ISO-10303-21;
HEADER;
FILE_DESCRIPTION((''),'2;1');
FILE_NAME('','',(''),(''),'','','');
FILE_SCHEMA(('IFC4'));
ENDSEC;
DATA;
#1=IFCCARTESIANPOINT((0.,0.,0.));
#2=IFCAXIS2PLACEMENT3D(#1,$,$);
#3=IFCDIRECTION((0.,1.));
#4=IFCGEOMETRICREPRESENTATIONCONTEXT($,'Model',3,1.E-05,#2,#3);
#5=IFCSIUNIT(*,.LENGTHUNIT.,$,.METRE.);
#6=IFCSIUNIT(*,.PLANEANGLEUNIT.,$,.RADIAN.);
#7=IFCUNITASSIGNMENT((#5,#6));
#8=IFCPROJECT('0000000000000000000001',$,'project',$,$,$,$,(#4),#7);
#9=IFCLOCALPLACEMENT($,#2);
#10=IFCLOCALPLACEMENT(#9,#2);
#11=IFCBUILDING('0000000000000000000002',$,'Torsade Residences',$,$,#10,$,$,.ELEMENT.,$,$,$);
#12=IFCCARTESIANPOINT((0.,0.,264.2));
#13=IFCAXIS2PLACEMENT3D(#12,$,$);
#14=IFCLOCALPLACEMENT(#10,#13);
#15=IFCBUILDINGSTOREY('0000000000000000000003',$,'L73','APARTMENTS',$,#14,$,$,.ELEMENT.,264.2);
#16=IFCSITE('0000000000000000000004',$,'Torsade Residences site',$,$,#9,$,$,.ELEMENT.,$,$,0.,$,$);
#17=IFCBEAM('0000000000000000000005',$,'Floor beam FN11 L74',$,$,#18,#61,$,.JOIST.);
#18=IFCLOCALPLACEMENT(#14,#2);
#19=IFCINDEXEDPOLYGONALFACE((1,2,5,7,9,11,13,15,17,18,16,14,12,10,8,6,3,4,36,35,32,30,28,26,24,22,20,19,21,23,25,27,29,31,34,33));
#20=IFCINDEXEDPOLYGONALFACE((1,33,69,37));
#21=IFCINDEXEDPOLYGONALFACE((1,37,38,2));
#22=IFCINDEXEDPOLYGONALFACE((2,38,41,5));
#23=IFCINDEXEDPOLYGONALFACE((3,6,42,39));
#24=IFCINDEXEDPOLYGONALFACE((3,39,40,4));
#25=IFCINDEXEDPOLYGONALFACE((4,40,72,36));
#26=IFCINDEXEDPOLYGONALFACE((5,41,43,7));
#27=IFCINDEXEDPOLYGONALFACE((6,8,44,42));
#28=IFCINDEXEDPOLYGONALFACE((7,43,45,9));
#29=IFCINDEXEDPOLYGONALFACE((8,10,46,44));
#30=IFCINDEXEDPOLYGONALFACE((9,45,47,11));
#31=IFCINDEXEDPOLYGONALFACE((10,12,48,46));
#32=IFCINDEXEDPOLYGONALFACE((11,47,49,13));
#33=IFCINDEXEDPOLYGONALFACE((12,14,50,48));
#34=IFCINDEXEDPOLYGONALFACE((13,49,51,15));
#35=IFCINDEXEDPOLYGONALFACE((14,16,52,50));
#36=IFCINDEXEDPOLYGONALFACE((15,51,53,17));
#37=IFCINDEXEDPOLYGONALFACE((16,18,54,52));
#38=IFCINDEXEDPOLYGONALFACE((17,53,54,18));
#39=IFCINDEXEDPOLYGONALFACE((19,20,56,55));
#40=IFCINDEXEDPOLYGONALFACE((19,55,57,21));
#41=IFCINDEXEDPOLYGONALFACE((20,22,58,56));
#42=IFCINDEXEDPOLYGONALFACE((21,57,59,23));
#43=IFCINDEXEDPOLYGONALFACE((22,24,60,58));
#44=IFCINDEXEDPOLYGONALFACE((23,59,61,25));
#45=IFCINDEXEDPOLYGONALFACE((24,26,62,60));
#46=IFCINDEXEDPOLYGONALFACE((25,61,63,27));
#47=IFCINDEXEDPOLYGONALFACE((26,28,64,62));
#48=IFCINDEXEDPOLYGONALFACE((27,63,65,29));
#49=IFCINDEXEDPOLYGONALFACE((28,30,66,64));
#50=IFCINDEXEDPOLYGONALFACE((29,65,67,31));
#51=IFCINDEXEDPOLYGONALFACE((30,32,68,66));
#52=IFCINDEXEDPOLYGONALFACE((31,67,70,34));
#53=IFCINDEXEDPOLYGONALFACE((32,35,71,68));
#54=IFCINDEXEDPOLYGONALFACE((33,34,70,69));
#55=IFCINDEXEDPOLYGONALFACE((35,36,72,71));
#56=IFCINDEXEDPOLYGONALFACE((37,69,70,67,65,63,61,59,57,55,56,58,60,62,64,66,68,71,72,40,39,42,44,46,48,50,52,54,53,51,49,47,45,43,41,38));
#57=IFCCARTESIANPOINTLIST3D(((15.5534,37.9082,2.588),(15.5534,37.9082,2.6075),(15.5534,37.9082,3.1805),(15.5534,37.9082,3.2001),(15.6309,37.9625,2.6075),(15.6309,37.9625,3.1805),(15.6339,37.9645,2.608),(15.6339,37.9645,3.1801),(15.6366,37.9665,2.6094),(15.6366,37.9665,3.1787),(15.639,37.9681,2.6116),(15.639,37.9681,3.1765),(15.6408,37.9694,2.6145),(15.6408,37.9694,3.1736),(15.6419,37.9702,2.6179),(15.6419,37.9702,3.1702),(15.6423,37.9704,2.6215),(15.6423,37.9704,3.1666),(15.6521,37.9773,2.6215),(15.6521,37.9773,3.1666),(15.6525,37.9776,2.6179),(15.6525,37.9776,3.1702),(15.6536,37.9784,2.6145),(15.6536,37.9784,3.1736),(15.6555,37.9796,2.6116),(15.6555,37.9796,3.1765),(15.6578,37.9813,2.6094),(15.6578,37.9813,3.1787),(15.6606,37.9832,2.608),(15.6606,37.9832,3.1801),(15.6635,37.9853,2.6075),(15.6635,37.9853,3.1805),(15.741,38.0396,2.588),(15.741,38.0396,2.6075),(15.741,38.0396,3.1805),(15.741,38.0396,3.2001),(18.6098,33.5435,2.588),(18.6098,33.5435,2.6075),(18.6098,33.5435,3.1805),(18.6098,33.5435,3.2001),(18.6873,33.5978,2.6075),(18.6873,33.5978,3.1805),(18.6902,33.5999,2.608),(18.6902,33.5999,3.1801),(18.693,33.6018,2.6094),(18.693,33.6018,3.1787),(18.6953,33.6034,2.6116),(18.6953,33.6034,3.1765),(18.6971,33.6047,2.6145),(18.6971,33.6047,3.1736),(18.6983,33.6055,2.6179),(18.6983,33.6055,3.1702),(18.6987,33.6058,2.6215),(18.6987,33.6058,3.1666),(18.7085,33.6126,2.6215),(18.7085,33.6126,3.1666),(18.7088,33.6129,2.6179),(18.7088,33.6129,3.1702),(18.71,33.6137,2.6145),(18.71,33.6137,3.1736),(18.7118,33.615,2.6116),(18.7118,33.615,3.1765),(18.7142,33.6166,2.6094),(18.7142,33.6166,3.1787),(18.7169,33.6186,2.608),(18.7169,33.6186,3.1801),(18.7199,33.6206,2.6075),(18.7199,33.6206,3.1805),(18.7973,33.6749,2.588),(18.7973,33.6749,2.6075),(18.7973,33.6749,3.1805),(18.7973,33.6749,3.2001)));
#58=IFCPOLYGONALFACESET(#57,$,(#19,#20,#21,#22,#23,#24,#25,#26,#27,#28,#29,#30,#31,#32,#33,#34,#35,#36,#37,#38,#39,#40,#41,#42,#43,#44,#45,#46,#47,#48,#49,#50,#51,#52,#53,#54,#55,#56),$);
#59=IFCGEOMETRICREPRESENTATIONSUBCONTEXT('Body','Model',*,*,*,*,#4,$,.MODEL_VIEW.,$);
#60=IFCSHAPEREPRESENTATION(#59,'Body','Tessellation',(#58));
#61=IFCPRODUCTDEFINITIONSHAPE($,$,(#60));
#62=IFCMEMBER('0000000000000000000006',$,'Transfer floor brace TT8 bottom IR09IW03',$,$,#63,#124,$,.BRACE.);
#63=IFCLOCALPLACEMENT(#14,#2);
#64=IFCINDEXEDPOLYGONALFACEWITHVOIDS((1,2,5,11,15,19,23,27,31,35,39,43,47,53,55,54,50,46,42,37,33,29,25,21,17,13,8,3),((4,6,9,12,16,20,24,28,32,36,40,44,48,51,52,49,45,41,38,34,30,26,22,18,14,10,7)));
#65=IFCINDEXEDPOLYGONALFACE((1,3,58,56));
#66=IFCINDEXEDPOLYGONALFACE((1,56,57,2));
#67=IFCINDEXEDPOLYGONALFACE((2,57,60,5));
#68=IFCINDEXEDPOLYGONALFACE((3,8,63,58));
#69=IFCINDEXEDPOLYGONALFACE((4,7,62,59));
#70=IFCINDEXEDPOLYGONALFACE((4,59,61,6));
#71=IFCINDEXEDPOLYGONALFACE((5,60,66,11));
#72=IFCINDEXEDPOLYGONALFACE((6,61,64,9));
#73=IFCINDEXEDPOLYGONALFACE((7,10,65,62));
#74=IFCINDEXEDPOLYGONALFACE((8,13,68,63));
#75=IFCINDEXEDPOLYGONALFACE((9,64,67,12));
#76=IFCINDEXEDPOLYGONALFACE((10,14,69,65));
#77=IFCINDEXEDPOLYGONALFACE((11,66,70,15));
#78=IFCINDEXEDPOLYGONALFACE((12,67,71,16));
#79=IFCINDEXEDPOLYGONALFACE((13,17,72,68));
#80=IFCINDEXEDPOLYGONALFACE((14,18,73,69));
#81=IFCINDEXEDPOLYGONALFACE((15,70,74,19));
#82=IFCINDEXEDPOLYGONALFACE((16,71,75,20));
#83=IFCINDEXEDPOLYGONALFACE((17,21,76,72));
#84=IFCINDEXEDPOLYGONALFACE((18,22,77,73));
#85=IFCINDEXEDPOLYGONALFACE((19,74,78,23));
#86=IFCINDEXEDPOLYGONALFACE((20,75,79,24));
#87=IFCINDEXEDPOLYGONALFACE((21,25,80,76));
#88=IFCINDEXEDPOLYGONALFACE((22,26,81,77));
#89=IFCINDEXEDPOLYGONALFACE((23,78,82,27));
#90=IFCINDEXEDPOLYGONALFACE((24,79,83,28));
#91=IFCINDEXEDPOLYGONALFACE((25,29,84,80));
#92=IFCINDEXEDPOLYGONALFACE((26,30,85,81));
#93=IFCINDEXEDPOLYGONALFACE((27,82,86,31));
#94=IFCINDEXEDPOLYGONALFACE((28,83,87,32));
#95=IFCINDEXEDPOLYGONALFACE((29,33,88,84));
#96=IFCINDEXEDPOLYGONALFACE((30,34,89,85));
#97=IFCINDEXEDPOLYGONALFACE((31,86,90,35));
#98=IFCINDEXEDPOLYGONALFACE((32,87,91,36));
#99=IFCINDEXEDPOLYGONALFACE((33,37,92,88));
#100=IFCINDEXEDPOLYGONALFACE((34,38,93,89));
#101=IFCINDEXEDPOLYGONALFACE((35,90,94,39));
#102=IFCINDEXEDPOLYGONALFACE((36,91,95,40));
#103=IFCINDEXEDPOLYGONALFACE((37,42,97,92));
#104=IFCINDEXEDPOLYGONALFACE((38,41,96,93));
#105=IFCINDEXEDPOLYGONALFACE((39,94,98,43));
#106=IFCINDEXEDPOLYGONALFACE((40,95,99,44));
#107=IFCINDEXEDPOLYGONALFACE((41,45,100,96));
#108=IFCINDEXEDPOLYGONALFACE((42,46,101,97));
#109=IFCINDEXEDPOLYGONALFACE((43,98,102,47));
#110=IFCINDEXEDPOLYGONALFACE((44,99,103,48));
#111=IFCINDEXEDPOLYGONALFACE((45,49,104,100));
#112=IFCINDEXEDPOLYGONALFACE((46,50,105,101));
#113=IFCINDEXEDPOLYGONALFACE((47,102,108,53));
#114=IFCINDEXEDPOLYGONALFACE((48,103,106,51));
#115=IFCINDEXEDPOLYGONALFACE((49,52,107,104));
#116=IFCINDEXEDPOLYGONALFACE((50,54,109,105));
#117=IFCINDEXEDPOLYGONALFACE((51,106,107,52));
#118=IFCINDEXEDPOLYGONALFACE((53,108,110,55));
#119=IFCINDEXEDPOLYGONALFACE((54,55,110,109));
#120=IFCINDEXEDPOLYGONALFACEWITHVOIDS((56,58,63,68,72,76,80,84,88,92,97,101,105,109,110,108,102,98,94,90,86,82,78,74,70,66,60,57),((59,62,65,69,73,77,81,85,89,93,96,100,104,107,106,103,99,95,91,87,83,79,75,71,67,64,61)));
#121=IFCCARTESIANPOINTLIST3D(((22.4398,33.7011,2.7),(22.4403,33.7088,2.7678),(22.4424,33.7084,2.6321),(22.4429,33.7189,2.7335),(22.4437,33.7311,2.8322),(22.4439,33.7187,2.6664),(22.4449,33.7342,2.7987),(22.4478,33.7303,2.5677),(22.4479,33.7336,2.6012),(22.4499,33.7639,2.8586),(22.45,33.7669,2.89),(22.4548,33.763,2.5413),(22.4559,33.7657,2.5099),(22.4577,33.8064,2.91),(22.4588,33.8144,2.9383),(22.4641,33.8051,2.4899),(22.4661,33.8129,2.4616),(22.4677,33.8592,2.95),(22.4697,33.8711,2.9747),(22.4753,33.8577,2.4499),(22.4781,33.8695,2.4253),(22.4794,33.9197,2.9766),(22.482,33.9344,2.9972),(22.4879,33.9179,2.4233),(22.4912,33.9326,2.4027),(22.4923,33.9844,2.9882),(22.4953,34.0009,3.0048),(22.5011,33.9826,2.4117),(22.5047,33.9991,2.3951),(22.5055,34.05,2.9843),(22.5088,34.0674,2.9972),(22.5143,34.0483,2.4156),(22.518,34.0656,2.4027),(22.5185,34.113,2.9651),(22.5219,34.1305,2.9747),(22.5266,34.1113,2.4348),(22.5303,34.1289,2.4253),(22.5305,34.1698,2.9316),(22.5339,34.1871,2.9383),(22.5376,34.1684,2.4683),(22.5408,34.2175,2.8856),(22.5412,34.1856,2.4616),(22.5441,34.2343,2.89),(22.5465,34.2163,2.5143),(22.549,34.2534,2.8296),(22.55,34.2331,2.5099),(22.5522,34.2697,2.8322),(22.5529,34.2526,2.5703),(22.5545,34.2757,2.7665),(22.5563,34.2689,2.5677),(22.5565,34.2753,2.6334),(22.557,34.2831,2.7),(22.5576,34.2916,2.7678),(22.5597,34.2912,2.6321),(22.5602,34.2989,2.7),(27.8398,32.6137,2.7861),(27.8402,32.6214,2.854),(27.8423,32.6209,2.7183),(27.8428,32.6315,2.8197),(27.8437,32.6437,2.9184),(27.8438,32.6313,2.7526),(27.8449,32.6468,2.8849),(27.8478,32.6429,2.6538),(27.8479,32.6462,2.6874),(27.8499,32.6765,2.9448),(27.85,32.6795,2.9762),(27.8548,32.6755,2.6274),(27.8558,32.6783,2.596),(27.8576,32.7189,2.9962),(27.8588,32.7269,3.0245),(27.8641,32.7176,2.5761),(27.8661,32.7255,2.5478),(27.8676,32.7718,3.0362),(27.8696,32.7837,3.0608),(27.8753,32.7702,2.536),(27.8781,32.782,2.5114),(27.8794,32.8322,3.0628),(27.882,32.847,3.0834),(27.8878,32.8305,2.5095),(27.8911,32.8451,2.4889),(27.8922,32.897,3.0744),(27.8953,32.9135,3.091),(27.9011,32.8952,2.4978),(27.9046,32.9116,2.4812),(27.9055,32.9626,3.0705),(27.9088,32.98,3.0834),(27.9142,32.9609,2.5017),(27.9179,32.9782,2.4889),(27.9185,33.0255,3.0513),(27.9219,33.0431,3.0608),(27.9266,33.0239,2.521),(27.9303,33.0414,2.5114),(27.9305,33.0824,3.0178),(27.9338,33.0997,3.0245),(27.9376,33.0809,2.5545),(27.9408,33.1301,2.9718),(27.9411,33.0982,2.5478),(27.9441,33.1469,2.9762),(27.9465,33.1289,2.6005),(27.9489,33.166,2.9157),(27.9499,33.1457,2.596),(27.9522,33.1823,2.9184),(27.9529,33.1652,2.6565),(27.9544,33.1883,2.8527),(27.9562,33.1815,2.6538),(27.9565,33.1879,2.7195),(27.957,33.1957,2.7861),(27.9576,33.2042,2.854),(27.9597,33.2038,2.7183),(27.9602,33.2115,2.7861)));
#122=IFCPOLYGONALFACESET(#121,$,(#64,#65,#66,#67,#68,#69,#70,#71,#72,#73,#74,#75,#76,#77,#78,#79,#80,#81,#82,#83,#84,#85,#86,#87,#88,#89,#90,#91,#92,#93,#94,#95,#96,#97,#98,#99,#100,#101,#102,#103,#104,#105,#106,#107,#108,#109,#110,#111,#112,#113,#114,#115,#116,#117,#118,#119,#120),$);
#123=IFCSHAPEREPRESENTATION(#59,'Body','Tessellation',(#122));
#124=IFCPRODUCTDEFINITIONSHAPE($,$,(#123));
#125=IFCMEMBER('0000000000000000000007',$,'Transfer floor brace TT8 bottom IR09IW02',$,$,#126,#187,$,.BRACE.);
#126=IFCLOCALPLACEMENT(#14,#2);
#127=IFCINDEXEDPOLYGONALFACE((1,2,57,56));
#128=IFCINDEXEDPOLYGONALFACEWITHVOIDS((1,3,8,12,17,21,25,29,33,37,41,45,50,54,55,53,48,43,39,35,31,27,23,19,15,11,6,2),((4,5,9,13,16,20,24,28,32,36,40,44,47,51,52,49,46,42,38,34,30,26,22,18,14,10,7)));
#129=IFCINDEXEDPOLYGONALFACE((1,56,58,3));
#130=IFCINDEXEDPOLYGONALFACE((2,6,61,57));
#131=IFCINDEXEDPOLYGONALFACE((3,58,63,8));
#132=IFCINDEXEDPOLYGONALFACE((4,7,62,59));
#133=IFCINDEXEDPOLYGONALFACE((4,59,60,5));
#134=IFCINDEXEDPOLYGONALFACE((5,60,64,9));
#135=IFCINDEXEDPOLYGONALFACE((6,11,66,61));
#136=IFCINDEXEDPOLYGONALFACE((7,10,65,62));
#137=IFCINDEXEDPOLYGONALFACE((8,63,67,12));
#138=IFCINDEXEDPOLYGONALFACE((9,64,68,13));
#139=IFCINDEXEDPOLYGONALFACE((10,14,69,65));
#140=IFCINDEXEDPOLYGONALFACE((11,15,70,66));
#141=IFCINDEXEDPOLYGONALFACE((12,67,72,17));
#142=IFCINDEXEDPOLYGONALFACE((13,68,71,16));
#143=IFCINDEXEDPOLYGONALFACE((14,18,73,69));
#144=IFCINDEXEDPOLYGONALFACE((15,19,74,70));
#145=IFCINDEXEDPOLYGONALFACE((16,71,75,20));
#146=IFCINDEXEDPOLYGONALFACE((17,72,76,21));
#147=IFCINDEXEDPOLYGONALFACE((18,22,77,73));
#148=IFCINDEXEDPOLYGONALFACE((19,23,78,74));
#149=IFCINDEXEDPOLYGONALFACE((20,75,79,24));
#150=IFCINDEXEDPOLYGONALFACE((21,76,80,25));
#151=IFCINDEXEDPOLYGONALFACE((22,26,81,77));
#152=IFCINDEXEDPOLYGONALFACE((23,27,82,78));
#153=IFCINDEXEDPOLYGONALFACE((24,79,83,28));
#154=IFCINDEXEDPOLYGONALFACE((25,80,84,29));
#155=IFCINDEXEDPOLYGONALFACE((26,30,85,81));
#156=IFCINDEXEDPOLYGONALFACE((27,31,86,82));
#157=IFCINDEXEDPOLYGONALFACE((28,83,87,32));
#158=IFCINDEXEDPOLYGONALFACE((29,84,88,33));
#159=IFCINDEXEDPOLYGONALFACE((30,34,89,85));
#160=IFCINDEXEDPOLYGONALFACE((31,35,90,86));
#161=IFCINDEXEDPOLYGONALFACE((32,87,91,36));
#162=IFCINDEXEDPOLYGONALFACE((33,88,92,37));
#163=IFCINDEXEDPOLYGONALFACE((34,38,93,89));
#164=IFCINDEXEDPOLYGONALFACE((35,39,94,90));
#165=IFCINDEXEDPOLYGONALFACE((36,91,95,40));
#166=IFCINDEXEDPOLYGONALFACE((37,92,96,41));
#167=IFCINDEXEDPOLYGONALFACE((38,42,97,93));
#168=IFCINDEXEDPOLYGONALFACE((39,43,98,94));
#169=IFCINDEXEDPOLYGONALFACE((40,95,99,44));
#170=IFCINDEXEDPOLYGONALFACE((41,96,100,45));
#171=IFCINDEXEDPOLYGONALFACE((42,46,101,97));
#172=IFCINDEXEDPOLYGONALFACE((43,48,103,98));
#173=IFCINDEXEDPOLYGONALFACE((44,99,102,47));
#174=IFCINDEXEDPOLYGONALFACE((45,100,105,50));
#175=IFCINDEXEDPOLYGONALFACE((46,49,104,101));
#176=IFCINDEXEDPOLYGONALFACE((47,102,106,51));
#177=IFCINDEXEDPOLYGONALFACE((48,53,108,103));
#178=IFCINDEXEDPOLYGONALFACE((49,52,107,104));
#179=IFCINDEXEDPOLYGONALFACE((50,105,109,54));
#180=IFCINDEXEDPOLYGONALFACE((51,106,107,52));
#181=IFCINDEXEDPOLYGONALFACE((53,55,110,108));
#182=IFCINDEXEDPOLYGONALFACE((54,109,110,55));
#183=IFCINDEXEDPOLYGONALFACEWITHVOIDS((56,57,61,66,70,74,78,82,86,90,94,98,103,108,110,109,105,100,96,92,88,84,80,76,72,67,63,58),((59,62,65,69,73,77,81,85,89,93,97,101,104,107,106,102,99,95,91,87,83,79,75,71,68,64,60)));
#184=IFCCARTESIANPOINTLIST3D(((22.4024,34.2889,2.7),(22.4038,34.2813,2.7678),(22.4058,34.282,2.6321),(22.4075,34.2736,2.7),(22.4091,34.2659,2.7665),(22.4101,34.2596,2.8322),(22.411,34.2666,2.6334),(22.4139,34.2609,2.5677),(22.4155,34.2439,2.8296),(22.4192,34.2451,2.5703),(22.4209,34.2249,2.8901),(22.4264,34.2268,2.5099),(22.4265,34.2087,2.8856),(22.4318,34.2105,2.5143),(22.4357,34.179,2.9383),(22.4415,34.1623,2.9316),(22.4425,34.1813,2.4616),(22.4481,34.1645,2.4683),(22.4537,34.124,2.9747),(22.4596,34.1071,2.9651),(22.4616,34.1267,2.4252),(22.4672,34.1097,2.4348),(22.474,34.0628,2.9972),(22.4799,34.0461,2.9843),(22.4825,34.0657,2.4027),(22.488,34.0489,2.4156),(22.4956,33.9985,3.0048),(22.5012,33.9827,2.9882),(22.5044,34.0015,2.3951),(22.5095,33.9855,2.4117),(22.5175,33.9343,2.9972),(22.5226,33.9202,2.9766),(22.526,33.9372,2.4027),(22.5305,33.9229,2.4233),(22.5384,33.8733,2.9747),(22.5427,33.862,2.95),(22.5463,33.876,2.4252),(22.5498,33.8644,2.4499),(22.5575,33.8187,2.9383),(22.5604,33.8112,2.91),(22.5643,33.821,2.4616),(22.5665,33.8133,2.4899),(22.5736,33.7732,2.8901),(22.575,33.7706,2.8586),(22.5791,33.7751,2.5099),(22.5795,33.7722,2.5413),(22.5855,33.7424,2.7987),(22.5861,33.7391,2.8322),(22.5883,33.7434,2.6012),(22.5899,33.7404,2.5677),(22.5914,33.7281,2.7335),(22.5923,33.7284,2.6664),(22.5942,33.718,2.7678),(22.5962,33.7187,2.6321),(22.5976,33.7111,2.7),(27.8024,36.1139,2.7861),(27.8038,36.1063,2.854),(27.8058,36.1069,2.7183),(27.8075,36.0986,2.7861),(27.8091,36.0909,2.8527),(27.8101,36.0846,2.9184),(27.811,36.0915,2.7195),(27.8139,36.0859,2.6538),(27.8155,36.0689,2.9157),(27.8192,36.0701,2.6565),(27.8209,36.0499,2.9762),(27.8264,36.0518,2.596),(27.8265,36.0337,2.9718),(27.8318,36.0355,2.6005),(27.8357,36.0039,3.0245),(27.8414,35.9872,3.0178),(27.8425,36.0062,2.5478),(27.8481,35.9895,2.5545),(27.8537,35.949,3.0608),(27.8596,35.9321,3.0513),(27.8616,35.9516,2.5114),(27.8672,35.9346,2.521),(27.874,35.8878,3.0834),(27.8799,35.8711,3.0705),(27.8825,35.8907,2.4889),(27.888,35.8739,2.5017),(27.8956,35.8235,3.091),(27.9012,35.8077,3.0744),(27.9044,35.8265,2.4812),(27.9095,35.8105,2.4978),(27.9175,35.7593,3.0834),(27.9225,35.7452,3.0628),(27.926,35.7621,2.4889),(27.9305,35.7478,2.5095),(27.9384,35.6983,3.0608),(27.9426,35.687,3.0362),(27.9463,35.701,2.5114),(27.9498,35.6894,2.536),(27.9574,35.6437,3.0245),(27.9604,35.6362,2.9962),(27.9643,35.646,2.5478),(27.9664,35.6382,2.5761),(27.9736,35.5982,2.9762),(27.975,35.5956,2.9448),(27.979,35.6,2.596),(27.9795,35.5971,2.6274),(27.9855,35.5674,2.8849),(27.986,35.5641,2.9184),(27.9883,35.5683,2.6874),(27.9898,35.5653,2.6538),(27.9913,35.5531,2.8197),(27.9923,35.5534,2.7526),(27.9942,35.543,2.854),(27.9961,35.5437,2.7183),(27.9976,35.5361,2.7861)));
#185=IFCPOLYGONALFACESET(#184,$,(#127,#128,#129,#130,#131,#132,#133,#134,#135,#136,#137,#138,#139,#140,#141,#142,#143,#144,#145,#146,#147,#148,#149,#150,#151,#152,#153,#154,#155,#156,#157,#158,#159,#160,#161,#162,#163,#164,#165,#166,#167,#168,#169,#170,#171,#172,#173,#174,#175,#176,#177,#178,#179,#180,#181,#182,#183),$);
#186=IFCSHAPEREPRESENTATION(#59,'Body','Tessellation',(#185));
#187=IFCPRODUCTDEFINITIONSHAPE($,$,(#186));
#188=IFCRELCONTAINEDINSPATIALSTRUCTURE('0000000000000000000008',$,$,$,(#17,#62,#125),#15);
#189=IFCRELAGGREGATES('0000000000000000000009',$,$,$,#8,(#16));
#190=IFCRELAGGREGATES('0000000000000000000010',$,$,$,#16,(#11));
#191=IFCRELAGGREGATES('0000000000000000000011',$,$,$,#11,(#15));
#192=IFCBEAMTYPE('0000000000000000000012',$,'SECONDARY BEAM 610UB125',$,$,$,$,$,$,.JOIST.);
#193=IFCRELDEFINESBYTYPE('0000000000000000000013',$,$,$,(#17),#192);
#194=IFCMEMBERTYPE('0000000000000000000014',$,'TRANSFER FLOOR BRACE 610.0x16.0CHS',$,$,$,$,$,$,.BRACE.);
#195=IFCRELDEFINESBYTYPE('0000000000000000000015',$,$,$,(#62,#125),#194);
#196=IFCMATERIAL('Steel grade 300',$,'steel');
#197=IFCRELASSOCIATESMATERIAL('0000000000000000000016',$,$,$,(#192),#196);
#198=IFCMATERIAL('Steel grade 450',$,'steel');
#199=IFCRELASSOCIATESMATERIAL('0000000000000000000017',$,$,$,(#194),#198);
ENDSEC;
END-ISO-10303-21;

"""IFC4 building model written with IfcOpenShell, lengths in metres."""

from ifc_helpers import new_model, si_unit, direction, frame, origin, origin_2d, place, context, subcontext, project, spatial, hollow_circle, i_section, extrude, material, material_profile, profile_set, type_object, element, save


model = new_model("IFC4")

# Units and contexts
model_context = context("Model", 3, precision=1e-05, world=origin(), true_north=direction((0.0, 1.0)))
body_context = subcontext(model_context, "Body", "Model", "MODEL_VIEW")
ifc_project = project(units=[si_unit("LENGTHUNIT", "METRE"), si_unit("PLANEANGLEUNIT", "RADIAN")], contexts=[model_context])

# Site, building, storey
site_placement = place(None, origin())
site = spatial("IfcSite", under=ifc_project, at=site_placement, Name="Torsade Residences site", CompositionType="ELEMENT", RefElevation=0.0)
building_placement = place(site_placement, origin())
building = spatial("IfcBuilding", under=site, at=building_placement, Name="Torsade Residences", CompositionType="ELEMENT")
storey_placement = place(building_placement, frame((0.0, 0.0, 264.2)))
storey = spatial("IfcBuildingStorey", under=building, at=storey_placement, Name="L73", Description="APARTMENTS", CompositionType="ELEMENT", Elevation=264.2)

# Beam
ifc_material_1 = material(Name="Steel grade 300", Category="steel")
ifc_material_profile_1 = material_profile(ifc_material_1, i_section(OverallWidth=0.229, OverallDepth=0.6121, WebThickness=0.012, FlangeThickness=0.0195, FilletRadius=0.0139, at=origin_2d()), Name="610UB125")
ifc_profile_set_1 = profile_set([ifc_material_profile_1], Name="Steel grade 300")
beam_type_1 = type_object("IfcBeamType", Name="SECONDARY BEAM 610UB125", PredefinedType="JOIST", material=ifc_profile_set_1)
beam_1_placement = place(storey_placement, frame((15.6472, 37.9739, 2.894), z_axis=(0.573598, -0.819137, 0.0), x_axis=(0.819137, 0.573598, 0.0)))
element("IfcBeam", 1, at=beam_1_placement, inside=storey, type_object=beam_type_1, Name="Floor beam FN11 L74", PredefinedType="JOIST", context=body_context, shape_type="SweptSolid", body=[
    extrude(i_section(OverallWidth=0.229, OverallDepth=0.6121, WebThickness=0.012, FlangeThickness=0.0195, FilletRadius=0.0139, at=origin_2d()), origin(), (0.0, 0.0, 1.0), 5.3284),
])

# Members
ifc_material_2 = material(Name="Steel grade 450", Category="steel")
ifc_material_profile_2 = material_profile(ifc_material_2, hollow_circle(Radius=0.3049, WallThickness=0.0161, at=origin_2d()), Name="610.0x16.0CHS")
ifc_profile_set_2 = profile_set([ifc_material_profile_2], Name="Steel grade 450")
member_type = type_object("IfcMemberType", Name="TRANSFER FLOOR BRACE 610.0x16.0CHS", PredefinedType="BRACE", material=ifc_profile_set_2)
member_1_placement = place(storey_placement, frame((22.5, 34.0, 2.7), z_axis=(0.980201, -0.197387, 0.015644), x_axis=(0.197412, 0.980321, 0.0)))
element("IfcMember", 2, at=member_1_placement, inside=storey, type_object=member_type, Name="Transfer floor brace TT8 bottom IR09IW03", PredefinedType="BRACE", context=body_context, shape_type="SweptSolid", body=[
    extrude(hollow_circle(Radius=0.3049, WallThickness=0.0161, at=origin_2d()), origin(), (0.0, 0.0, 1.0), 5.509),
])
member_2_placement = place(storey_placement, frame((22.5, 34.0, 2.7), z_axis=(0.947252, 0.320133, 0.015118), x_axis=(-0.32017, 0.94736, 0.0)))
element("IfcMember", 3, at=member_2_placement, inside=storey, type_object=member_type, Name="Transfer floor brace TT8 bottom IR09IW02", PredefinedType="BRACE", context=body_context, shape_type="SweptSolid", body=[
    extrude(hollow_circle(Radius=0.3049, WallThickness=0.0161, at=origin_2d()), origin(), (0.0, 0.0, 1.0), 5.7007),
])

save(model, "model.ifc")
